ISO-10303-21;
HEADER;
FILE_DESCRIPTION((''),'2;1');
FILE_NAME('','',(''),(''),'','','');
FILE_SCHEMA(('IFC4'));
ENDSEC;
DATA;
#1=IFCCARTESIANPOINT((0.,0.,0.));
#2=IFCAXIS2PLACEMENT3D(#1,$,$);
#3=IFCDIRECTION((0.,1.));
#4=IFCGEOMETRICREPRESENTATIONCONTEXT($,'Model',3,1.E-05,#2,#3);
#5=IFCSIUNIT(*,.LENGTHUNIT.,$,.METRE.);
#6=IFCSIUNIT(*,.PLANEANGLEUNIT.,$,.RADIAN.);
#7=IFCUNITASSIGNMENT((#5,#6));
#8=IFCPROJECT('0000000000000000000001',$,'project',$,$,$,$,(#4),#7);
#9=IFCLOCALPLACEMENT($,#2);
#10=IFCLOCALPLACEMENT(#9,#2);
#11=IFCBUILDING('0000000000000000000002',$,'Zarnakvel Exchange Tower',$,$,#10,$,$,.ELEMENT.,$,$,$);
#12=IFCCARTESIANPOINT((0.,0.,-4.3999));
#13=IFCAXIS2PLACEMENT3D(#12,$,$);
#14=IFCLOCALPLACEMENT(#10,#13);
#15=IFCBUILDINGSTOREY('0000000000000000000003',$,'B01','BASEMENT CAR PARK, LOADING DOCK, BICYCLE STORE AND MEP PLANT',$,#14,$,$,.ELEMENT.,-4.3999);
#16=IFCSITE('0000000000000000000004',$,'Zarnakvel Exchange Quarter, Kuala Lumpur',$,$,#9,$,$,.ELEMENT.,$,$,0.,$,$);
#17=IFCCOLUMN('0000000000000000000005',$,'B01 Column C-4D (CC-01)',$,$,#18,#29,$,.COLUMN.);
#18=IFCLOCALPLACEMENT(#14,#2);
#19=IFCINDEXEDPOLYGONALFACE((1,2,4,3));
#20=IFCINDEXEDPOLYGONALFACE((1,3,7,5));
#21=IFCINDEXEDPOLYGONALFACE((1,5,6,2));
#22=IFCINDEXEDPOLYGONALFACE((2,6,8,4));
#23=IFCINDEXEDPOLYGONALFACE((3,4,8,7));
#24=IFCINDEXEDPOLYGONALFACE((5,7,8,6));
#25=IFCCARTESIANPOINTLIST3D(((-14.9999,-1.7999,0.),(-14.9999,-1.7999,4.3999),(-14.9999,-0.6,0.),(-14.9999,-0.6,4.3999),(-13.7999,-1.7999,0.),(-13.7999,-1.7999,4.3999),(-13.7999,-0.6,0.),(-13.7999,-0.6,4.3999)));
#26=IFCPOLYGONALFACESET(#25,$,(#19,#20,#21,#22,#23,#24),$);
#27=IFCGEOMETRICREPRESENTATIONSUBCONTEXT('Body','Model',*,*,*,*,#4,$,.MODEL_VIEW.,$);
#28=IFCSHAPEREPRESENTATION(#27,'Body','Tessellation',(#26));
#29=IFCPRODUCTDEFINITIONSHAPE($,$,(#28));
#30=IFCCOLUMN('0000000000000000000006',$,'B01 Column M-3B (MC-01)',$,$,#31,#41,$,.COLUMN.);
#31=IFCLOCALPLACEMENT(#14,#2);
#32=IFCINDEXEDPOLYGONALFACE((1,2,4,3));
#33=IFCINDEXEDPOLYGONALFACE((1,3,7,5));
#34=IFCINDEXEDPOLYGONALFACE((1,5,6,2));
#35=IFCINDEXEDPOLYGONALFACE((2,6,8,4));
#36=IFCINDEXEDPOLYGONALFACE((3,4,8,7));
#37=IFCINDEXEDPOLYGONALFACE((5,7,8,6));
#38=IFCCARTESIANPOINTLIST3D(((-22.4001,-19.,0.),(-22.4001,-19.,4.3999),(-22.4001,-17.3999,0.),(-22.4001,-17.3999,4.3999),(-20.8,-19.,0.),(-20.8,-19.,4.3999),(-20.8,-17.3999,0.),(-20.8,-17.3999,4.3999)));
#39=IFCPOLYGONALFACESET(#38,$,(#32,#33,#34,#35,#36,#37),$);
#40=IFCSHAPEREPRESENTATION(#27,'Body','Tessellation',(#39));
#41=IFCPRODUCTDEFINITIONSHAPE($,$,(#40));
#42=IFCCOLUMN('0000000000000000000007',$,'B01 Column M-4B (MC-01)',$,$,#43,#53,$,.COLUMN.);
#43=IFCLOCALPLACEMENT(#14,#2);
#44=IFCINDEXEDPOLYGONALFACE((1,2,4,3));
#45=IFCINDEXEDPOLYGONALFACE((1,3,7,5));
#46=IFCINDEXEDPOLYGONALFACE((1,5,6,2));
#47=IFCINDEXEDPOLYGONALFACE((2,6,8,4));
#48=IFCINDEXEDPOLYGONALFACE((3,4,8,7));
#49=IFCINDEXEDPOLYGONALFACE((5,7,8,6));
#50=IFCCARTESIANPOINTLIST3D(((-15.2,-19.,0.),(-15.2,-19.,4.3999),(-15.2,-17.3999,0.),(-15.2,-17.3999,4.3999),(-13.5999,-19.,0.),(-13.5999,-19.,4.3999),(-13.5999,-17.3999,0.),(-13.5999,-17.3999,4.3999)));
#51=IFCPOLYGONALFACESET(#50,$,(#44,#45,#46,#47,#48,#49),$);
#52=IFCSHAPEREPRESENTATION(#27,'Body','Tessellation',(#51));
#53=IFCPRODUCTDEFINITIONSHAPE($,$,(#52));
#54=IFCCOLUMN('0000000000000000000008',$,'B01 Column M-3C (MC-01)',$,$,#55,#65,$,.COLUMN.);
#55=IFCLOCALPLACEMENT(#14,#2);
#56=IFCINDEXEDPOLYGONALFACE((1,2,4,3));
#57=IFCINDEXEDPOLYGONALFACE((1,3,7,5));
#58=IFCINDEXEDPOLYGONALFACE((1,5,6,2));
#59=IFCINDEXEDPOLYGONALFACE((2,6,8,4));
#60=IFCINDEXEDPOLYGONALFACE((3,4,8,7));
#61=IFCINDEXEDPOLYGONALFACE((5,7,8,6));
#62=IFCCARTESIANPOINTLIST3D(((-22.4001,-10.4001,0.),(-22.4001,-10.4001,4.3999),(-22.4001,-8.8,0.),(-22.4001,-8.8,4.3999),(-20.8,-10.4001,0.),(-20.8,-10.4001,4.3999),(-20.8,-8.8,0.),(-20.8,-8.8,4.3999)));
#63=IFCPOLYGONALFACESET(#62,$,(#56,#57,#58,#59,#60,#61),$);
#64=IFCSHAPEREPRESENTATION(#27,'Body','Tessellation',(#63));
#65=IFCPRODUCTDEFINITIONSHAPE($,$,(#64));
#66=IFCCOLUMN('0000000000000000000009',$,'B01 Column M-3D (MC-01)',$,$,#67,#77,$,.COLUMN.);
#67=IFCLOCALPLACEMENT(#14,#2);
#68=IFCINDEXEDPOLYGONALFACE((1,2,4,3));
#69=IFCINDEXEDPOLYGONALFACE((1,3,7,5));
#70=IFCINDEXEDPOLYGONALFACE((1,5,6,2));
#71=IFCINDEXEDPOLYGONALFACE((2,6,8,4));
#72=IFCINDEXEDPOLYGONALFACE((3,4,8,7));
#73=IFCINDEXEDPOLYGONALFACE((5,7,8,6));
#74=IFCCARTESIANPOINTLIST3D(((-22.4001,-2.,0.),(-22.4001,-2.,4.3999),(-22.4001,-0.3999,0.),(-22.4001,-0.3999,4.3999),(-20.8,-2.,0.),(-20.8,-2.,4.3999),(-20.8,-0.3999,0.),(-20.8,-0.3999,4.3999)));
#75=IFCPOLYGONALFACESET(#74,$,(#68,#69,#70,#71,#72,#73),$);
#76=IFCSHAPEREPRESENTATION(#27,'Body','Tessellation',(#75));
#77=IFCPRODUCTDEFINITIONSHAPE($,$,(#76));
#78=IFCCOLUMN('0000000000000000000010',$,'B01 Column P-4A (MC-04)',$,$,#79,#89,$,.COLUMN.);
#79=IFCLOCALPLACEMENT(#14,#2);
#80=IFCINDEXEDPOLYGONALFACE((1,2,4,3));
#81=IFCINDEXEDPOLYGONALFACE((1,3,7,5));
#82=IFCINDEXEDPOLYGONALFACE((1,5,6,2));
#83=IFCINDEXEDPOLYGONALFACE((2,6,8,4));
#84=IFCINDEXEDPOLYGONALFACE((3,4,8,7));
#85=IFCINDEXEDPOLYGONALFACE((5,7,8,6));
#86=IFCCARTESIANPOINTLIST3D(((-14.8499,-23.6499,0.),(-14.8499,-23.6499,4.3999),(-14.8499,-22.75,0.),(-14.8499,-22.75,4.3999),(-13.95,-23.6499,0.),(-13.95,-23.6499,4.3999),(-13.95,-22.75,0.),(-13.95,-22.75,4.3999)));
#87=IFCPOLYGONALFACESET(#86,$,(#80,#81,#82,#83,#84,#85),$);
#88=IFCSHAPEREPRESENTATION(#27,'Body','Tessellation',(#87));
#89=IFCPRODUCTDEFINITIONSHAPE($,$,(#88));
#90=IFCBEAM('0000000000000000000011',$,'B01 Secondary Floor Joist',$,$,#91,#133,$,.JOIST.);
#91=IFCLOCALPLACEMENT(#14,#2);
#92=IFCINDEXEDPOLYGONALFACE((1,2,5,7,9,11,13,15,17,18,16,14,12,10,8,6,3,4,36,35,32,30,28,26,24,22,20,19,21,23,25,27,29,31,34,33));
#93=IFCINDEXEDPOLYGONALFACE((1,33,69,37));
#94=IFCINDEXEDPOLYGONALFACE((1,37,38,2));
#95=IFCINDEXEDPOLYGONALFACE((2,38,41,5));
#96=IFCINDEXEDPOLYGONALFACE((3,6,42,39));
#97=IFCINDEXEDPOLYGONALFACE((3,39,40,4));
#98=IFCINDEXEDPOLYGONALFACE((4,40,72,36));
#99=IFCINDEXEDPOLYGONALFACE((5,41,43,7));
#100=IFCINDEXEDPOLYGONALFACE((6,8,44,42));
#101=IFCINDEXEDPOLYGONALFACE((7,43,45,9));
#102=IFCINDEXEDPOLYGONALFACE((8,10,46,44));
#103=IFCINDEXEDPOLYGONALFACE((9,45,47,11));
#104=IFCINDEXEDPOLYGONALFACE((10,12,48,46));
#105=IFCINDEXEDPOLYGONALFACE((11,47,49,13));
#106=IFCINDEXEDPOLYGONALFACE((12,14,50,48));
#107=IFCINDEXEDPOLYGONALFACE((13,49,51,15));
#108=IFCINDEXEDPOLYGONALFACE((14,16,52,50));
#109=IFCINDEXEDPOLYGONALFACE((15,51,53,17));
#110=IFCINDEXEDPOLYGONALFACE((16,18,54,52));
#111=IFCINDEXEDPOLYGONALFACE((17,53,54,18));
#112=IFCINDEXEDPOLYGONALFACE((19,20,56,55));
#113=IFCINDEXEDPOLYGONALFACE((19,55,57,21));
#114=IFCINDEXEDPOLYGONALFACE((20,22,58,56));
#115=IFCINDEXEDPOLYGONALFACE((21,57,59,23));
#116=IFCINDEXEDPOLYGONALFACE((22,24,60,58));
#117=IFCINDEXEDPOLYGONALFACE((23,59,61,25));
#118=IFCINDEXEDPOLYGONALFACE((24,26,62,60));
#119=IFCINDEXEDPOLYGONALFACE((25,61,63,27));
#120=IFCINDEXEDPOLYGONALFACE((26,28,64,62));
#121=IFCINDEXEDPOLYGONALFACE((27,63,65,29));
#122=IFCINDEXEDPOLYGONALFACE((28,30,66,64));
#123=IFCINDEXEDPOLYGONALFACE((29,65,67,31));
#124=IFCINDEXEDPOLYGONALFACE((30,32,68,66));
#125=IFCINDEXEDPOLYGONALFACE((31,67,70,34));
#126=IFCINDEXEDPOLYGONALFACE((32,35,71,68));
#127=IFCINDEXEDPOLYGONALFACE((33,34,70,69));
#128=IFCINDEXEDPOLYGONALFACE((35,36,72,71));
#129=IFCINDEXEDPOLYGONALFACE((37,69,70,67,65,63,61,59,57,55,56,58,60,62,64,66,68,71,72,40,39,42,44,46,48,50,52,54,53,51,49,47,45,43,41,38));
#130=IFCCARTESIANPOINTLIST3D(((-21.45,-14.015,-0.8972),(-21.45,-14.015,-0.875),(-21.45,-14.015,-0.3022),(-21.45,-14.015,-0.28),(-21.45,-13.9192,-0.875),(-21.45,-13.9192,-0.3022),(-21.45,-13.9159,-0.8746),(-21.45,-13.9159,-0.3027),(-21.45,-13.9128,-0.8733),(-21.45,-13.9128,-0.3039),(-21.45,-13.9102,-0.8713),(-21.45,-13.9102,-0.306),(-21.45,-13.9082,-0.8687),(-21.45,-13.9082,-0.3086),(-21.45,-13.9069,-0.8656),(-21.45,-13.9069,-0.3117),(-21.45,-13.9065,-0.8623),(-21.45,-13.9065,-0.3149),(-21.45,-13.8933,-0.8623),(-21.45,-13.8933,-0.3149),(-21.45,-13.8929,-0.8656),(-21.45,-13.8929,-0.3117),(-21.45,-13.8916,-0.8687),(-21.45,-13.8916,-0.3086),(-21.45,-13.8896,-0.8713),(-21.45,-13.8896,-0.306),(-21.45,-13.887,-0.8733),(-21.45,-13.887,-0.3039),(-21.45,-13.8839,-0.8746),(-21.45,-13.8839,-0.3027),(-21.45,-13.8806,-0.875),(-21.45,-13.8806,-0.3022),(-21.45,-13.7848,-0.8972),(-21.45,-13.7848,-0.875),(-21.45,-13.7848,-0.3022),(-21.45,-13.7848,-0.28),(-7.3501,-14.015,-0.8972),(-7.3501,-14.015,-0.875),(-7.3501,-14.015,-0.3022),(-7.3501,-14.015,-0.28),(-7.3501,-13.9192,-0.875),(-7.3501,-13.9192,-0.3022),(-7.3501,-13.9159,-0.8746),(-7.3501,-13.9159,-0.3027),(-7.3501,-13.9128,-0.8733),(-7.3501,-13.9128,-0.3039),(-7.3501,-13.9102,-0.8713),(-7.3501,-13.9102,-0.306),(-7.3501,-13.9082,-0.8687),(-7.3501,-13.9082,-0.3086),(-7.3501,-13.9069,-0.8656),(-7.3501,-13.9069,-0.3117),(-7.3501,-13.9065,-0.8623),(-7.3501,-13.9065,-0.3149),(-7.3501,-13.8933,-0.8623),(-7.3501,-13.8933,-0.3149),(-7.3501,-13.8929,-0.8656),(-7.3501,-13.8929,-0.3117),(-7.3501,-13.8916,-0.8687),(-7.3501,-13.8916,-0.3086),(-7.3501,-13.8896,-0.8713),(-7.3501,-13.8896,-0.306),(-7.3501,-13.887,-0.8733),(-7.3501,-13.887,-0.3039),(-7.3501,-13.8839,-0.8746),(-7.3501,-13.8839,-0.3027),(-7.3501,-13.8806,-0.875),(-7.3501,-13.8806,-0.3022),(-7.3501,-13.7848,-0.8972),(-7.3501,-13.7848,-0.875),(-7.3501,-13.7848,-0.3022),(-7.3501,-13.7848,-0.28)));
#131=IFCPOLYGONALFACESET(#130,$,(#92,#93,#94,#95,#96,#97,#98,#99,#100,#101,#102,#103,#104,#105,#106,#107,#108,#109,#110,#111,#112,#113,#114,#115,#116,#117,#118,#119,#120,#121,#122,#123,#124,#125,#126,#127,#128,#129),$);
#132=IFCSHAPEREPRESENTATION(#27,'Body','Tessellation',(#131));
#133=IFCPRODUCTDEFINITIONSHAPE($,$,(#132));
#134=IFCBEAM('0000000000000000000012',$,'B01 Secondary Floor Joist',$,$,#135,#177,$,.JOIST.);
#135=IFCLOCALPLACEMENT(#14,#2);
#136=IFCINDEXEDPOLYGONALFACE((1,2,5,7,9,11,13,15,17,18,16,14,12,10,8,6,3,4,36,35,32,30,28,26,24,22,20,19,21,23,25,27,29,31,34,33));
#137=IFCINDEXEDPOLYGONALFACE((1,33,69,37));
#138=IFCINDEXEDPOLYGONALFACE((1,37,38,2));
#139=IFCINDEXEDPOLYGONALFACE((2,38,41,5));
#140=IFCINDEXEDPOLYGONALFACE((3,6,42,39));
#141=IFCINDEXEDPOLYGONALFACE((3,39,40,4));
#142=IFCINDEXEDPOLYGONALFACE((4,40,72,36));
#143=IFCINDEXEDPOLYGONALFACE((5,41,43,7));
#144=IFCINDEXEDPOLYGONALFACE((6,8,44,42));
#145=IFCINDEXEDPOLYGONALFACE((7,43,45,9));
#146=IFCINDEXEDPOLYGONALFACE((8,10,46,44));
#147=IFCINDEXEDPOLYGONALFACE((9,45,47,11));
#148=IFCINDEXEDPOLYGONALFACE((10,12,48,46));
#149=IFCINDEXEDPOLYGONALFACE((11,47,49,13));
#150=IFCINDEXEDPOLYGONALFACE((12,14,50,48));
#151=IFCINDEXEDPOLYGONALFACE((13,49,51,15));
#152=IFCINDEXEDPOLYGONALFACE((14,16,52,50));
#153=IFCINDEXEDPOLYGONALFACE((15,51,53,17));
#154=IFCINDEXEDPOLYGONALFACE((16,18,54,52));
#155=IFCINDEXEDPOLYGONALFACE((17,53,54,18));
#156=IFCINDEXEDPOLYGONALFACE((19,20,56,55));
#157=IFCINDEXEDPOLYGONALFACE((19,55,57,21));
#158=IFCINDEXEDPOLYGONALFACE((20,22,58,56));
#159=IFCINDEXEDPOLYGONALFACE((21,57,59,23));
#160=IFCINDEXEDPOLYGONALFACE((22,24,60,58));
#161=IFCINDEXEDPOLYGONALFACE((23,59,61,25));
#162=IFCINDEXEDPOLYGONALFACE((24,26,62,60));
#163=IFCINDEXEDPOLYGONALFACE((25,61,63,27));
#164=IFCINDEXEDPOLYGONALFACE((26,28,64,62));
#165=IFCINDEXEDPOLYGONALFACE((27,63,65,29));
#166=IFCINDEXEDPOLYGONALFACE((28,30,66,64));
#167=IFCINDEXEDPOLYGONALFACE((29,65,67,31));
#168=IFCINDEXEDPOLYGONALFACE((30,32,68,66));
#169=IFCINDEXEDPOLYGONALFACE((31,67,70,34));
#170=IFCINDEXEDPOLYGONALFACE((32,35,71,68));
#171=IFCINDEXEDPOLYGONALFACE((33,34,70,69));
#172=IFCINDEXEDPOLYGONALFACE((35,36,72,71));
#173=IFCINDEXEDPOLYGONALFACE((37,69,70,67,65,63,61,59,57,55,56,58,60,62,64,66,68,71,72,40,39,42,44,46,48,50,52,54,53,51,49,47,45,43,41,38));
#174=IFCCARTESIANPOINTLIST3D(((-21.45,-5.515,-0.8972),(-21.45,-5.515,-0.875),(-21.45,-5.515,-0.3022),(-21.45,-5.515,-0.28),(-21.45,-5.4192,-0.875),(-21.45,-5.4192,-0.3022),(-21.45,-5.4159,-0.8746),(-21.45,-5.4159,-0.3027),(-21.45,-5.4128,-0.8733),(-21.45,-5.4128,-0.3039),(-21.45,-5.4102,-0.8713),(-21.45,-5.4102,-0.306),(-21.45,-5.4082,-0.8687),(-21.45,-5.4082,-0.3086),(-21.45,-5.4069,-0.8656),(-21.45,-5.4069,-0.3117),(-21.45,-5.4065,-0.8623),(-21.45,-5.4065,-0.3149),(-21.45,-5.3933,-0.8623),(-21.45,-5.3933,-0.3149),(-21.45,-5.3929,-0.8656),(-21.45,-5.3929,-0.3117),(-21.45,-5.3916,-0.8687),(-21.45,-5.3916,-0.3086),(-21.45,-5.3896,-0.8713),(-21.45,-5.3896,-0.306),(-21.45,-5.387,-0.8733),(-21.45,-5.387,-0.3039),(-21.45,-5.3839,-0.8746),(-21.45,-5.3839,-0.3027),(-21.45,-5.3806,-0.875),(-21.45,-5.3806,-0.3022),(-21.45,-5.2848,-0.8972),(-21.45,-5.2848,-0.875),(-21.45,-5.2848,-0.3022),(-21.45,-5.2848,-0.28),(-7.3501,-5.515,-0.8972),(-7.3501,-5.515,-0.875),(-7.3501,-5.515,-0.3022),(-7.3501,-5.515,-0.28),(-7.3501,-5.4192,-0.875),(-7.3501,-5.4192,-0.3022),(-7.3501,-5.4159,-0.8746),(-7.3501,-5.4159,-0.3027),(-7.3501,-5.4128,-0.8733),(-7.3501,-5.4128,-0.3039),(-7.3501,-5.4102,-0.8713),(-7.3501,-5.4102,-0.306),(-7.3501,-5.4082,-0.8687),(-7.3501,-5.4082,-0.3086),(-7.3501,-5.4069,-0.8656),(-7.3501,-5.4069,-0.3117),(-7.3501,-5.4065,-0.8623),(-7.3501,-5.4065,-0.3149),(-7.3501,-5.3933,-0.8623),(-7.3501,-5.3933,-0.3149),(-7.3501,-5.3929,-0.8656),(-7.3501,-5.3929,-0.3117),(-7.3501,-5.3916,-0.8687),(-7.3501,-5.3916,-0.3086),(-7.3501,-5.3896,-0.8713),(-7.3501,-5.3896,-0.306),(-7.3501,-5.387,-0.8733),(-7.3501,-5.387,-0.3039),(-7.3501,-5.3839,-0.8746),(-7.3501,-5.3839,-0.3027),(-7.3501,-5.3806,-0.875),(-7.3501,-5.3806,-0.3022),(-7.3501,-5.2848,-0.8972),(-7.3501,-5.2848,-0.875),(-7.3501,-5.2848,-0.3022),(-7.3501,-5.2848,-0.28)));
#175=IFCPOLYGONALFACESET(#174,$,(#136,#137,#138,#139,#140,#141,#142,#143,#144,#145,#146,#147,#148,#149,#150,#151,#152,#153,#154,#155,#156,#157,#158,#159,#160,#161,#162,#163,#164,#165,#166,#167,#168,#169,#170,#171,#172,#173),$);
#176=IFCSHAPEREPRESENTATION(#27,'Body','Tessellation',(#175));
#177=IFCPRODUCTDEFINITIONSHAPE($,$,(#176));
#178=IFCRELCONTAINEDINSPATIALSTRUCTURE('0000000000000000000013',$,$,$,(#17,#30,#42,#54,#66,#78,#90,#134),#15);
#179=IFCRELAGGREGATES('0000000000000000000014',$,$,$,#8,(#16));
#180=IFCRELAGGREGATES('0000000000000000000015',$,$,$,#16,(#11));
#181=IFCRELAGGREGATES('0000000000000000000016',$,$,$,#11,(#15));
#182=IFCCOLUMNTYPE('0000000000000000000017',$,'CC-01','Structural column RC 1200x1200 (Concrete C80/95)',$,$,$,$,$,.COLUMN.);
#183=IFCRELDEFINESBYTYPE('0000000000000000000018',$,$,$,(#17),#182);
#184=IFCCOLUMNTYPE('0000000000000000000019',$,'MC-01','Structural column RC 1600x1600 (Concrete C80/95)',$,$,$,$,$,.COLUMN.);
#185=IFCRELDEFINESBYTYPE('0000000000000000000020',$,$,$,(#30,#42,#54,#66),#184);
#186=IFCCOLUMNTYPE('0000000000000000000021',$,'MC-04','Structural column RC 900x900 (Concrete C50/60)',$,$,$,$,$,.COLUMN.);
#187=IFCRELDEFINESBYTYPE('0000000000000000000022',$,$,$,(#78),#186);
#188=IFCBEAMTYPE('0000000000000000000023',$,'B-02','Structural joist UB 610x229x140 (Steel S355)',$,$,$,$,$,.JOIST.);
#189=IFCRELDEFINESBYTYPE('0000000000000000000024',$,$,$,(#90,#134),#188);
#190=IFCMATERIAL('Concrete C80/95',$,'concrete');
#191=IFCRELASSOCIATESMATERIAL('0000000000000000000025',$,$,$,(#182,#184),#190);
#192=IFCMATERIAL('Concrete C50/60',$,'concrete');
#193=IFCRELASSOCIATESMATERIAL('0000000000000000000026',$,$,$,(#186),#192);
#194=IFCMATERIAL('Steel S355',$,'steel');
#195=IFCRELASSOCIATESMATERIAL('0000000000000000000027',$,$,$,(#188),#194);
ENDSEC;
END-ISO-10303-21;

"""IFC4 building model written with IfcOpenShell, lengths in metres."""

from ifc_helpers import new_model, si_unit, direction, frame, origin, origin_2d, place, context, subcontext, project, spatial, rectangle, i_section, extrude, material, material_profile, profile_set, type_object, element, save


model = new_model("IFC4")

# Units and contexts
model_context = context("Model", 3, precision=1e-05, world=origin(), true_north=direction((0.0, 1.0)))
body_context = subcontext(model_context, "Body", "Model", "MODEL_VIEW")
ifc_project = project(units=[si_unit("LENGTHUNIT", "METRE"), si_unit("PLANEANGLEUNIT", "RADIAN")], contexts=[model_context])

# Site, building, storey
site_placement = place(None, origin())
site = spatial("IfcSite", under=ifc_project, at=site_placement, Name="Zarnakvel Exchange Quarter, Kuala Lumpur", CompositionType="ELEMENT", RefElevation=0.0)
building_placement = place(site_placement, origin())
building = spatial("IfcBuilding", under=site, at=building_placement, Name="Zarnakvel Exchange Tower", CompositionType="ELEMENT")
storey_placement = place(building_placement, frame((0.0, 0.0, -4.3999)))
storey = spatial("IfcBuildingStorey", under=building, at=storey_placement, Name="B01", Description="BASEMENT CAR PARK, LOADING DOCK, BICYCLE STORE AND MEP PLANT", CompositionType="ELEMENT", Elevation=-4.3999)

# Columns
ifc_material_1 = material(Name="Concrete C80/95", Category="concrete")
ifc_material_profile_1 = material_profile(ifc_material_1, rectangle(XDim=1.2, YDim=1.2, at=origin_2d()))
ifc_profile_set_1 = profile_set([ifc_material_profile_1], Name="Concrete C80/95")
column_type_1 = type_object("IfcColumnType", Name="CC-01", Description="Structural column RC 1200x1200 (Concrete C80/95)", PredefinedType="COLUMN", material=ifc_profile_set_1)
column_1_placement = place(storey_placement, frame((-14.3999, -1.2, 0.0), z_axis=(0.0, 0.0, 1.0), x_axis=(1.0, 0.0, 0.0)))
element("IfcColumn", 1, at=column_1_placement, inside=storey, type_object=column_type_1, Name="B01 Column C-4D (CC-01)", PredefinedType="COLUMN", context=body_context, shape_type="SweptSolid", body=[
    extrude(rectangle(XDim=1.2, YDim=1.2, at=origin_2d()), origin(), (0.0, 0.0, 1.0), 4.3999),
])
ifc_material_profile_2 = material_profile(ifc_material_1, rectangle(XDim=1.6001, YDim=1.6001, at=origin_2d()))
ifc_profile_set_2 = profile_set([ifc_material_profile_2], Name="Concrete C80/95")
column_type_2 = type_object("IfcColumnType", Name="MC-01", Description="Structural column RC 1600x1600 (Concrete C80/95)", PredefinedType="COLUMN", material=ifc_profile_set_2)
for number, where, z_axis, x_axis, name in (
    (2, (-21.6001, -18.2, 0.0), (0.0, 0.0, 1.0), (1.0, 0.0, 0.0), "B01 Column M-3B (MC-01)"),
    (3, (-14.3999, -18.2, 0.0), (0.0, 0.0, 1.0), (1.0, 0.0, 0.0), "B01 Column M-4B (MC-01)"),
    (4, (-21.6001, -9.6001, 0.0), (0.0, 0.0, 1.0), (1.0, 0.0, 0.0), "B01 Column M-3C (MC-01)"),
    (5, (-21.6001, -1.2, 0.0), (0.0, 0.0, 1.0), (1.0, 0.0, 0.0), "B01 Column M-3D (MC-01)"),
):
    element("IfcColumn", number, at=place(storey_placement, frame(where, z_axis=z_axis, x_axis=x_axis)), inside=storey, type_object=column_type_2, Name=name, PredefinedType="COLUMN", context=body_context, shape_type="SweptSolid", body=[
        extrude(rectangle(XDim=1.6001, YDim=1.6001, at=origin_2d()), origin(), (0.0, 0.0, 1.0), 4.3999),
    ])
ifc_material_2 = material(Name="Concrete C50/60", Category="concrete")
ifc_material_profile_3 = material_profile(ifc_material_2, rectangle(XDim=0.8999, YDim=0.8999, at=origin_2d()))
ifc_profile_set_3 = profile_set([ifc_material_profile_3], Name="Concrete C50/60")
column_type_3 = type_object("IfcColumnType", Name="MC-04", Description="Structural column RC 900x900 (Concrete C50/60)", PredefinedType="COLUMN", material=ifc_profile_set_3)
column_2_placement = place(storey_placement, frame((-14.3999, -23.2, 0.0), z_axis=(0.0, 0.0, 1.0), x_axis=(1.0, 0.0, 0.0)))
element("IfcColumn", 6, at=column_2_placement, inside=storey, type_object=column_type_3, Name="B01 Column P-4A (MC-04)", PredefinedType="COLUMN", context=body_context, shape_type="SweptSolid", body=[
    extrude(rectangle(XDim=0.8999, YDim=0.8999, at=origin_2d()), origin(), (0.0, 0.0, 1.0), 4.3999),
])

# Beams
ifc_material_3 = material(Name="Steel S355", Category="steel")
ifc_material_profile_4 = material_profile(ifc_material_3, i_section(OverallWidth=0.2302, OverallDepth=0.6172, WebThickness=0.0132, FlangeThickness=0.0222, FilletRadius=0.0127, at=origin_2d()))
ifc_profile_set_4 = profile_set([ifc_material_profile_4], Name="Steel S355")
beam_type_1 = type_object("IfcBeamType", Name="B-02", Description="Structural joist UB 610x229x140 (Steel S355)", PredefinedType="JOIST", material=ifc_profile_set_4)
for number, where, z_axis, x_axis, name in (
    (7, (-21.45, -13.8999, -0.5886), (1.0, 0.0, 0.0), (0.0, 1.0, 0.0), "B01 Secondary Floor Joist"),
    (8, (-21.45, -5.3999, -0.5886), (1.0, 0.0, 0.0), (0.0, 1.0, 0.0), "B01 Secondary Floor Joist"),
):
    element("IfcBeam", number, at=place(storey_placement, frame(where, z_axis=z_axis, x_axis=x_axis)), inside=storey, type_object=beam_type_1, Name=name, PredefinedType="JOIST", context=body_context, shape_type="SweptSolid", body=[
        extrude(i_section(OverallWidth=0.2302, OverallDepth=0.6172, WebThickness=0.0132, FlangeThickness=0.0222, FilletRadius=0.0127, at=origin_2d()), origin(), (0.0, 0.0, 1.0), 14.0999),
    ])

save(model, "model.ifc")
